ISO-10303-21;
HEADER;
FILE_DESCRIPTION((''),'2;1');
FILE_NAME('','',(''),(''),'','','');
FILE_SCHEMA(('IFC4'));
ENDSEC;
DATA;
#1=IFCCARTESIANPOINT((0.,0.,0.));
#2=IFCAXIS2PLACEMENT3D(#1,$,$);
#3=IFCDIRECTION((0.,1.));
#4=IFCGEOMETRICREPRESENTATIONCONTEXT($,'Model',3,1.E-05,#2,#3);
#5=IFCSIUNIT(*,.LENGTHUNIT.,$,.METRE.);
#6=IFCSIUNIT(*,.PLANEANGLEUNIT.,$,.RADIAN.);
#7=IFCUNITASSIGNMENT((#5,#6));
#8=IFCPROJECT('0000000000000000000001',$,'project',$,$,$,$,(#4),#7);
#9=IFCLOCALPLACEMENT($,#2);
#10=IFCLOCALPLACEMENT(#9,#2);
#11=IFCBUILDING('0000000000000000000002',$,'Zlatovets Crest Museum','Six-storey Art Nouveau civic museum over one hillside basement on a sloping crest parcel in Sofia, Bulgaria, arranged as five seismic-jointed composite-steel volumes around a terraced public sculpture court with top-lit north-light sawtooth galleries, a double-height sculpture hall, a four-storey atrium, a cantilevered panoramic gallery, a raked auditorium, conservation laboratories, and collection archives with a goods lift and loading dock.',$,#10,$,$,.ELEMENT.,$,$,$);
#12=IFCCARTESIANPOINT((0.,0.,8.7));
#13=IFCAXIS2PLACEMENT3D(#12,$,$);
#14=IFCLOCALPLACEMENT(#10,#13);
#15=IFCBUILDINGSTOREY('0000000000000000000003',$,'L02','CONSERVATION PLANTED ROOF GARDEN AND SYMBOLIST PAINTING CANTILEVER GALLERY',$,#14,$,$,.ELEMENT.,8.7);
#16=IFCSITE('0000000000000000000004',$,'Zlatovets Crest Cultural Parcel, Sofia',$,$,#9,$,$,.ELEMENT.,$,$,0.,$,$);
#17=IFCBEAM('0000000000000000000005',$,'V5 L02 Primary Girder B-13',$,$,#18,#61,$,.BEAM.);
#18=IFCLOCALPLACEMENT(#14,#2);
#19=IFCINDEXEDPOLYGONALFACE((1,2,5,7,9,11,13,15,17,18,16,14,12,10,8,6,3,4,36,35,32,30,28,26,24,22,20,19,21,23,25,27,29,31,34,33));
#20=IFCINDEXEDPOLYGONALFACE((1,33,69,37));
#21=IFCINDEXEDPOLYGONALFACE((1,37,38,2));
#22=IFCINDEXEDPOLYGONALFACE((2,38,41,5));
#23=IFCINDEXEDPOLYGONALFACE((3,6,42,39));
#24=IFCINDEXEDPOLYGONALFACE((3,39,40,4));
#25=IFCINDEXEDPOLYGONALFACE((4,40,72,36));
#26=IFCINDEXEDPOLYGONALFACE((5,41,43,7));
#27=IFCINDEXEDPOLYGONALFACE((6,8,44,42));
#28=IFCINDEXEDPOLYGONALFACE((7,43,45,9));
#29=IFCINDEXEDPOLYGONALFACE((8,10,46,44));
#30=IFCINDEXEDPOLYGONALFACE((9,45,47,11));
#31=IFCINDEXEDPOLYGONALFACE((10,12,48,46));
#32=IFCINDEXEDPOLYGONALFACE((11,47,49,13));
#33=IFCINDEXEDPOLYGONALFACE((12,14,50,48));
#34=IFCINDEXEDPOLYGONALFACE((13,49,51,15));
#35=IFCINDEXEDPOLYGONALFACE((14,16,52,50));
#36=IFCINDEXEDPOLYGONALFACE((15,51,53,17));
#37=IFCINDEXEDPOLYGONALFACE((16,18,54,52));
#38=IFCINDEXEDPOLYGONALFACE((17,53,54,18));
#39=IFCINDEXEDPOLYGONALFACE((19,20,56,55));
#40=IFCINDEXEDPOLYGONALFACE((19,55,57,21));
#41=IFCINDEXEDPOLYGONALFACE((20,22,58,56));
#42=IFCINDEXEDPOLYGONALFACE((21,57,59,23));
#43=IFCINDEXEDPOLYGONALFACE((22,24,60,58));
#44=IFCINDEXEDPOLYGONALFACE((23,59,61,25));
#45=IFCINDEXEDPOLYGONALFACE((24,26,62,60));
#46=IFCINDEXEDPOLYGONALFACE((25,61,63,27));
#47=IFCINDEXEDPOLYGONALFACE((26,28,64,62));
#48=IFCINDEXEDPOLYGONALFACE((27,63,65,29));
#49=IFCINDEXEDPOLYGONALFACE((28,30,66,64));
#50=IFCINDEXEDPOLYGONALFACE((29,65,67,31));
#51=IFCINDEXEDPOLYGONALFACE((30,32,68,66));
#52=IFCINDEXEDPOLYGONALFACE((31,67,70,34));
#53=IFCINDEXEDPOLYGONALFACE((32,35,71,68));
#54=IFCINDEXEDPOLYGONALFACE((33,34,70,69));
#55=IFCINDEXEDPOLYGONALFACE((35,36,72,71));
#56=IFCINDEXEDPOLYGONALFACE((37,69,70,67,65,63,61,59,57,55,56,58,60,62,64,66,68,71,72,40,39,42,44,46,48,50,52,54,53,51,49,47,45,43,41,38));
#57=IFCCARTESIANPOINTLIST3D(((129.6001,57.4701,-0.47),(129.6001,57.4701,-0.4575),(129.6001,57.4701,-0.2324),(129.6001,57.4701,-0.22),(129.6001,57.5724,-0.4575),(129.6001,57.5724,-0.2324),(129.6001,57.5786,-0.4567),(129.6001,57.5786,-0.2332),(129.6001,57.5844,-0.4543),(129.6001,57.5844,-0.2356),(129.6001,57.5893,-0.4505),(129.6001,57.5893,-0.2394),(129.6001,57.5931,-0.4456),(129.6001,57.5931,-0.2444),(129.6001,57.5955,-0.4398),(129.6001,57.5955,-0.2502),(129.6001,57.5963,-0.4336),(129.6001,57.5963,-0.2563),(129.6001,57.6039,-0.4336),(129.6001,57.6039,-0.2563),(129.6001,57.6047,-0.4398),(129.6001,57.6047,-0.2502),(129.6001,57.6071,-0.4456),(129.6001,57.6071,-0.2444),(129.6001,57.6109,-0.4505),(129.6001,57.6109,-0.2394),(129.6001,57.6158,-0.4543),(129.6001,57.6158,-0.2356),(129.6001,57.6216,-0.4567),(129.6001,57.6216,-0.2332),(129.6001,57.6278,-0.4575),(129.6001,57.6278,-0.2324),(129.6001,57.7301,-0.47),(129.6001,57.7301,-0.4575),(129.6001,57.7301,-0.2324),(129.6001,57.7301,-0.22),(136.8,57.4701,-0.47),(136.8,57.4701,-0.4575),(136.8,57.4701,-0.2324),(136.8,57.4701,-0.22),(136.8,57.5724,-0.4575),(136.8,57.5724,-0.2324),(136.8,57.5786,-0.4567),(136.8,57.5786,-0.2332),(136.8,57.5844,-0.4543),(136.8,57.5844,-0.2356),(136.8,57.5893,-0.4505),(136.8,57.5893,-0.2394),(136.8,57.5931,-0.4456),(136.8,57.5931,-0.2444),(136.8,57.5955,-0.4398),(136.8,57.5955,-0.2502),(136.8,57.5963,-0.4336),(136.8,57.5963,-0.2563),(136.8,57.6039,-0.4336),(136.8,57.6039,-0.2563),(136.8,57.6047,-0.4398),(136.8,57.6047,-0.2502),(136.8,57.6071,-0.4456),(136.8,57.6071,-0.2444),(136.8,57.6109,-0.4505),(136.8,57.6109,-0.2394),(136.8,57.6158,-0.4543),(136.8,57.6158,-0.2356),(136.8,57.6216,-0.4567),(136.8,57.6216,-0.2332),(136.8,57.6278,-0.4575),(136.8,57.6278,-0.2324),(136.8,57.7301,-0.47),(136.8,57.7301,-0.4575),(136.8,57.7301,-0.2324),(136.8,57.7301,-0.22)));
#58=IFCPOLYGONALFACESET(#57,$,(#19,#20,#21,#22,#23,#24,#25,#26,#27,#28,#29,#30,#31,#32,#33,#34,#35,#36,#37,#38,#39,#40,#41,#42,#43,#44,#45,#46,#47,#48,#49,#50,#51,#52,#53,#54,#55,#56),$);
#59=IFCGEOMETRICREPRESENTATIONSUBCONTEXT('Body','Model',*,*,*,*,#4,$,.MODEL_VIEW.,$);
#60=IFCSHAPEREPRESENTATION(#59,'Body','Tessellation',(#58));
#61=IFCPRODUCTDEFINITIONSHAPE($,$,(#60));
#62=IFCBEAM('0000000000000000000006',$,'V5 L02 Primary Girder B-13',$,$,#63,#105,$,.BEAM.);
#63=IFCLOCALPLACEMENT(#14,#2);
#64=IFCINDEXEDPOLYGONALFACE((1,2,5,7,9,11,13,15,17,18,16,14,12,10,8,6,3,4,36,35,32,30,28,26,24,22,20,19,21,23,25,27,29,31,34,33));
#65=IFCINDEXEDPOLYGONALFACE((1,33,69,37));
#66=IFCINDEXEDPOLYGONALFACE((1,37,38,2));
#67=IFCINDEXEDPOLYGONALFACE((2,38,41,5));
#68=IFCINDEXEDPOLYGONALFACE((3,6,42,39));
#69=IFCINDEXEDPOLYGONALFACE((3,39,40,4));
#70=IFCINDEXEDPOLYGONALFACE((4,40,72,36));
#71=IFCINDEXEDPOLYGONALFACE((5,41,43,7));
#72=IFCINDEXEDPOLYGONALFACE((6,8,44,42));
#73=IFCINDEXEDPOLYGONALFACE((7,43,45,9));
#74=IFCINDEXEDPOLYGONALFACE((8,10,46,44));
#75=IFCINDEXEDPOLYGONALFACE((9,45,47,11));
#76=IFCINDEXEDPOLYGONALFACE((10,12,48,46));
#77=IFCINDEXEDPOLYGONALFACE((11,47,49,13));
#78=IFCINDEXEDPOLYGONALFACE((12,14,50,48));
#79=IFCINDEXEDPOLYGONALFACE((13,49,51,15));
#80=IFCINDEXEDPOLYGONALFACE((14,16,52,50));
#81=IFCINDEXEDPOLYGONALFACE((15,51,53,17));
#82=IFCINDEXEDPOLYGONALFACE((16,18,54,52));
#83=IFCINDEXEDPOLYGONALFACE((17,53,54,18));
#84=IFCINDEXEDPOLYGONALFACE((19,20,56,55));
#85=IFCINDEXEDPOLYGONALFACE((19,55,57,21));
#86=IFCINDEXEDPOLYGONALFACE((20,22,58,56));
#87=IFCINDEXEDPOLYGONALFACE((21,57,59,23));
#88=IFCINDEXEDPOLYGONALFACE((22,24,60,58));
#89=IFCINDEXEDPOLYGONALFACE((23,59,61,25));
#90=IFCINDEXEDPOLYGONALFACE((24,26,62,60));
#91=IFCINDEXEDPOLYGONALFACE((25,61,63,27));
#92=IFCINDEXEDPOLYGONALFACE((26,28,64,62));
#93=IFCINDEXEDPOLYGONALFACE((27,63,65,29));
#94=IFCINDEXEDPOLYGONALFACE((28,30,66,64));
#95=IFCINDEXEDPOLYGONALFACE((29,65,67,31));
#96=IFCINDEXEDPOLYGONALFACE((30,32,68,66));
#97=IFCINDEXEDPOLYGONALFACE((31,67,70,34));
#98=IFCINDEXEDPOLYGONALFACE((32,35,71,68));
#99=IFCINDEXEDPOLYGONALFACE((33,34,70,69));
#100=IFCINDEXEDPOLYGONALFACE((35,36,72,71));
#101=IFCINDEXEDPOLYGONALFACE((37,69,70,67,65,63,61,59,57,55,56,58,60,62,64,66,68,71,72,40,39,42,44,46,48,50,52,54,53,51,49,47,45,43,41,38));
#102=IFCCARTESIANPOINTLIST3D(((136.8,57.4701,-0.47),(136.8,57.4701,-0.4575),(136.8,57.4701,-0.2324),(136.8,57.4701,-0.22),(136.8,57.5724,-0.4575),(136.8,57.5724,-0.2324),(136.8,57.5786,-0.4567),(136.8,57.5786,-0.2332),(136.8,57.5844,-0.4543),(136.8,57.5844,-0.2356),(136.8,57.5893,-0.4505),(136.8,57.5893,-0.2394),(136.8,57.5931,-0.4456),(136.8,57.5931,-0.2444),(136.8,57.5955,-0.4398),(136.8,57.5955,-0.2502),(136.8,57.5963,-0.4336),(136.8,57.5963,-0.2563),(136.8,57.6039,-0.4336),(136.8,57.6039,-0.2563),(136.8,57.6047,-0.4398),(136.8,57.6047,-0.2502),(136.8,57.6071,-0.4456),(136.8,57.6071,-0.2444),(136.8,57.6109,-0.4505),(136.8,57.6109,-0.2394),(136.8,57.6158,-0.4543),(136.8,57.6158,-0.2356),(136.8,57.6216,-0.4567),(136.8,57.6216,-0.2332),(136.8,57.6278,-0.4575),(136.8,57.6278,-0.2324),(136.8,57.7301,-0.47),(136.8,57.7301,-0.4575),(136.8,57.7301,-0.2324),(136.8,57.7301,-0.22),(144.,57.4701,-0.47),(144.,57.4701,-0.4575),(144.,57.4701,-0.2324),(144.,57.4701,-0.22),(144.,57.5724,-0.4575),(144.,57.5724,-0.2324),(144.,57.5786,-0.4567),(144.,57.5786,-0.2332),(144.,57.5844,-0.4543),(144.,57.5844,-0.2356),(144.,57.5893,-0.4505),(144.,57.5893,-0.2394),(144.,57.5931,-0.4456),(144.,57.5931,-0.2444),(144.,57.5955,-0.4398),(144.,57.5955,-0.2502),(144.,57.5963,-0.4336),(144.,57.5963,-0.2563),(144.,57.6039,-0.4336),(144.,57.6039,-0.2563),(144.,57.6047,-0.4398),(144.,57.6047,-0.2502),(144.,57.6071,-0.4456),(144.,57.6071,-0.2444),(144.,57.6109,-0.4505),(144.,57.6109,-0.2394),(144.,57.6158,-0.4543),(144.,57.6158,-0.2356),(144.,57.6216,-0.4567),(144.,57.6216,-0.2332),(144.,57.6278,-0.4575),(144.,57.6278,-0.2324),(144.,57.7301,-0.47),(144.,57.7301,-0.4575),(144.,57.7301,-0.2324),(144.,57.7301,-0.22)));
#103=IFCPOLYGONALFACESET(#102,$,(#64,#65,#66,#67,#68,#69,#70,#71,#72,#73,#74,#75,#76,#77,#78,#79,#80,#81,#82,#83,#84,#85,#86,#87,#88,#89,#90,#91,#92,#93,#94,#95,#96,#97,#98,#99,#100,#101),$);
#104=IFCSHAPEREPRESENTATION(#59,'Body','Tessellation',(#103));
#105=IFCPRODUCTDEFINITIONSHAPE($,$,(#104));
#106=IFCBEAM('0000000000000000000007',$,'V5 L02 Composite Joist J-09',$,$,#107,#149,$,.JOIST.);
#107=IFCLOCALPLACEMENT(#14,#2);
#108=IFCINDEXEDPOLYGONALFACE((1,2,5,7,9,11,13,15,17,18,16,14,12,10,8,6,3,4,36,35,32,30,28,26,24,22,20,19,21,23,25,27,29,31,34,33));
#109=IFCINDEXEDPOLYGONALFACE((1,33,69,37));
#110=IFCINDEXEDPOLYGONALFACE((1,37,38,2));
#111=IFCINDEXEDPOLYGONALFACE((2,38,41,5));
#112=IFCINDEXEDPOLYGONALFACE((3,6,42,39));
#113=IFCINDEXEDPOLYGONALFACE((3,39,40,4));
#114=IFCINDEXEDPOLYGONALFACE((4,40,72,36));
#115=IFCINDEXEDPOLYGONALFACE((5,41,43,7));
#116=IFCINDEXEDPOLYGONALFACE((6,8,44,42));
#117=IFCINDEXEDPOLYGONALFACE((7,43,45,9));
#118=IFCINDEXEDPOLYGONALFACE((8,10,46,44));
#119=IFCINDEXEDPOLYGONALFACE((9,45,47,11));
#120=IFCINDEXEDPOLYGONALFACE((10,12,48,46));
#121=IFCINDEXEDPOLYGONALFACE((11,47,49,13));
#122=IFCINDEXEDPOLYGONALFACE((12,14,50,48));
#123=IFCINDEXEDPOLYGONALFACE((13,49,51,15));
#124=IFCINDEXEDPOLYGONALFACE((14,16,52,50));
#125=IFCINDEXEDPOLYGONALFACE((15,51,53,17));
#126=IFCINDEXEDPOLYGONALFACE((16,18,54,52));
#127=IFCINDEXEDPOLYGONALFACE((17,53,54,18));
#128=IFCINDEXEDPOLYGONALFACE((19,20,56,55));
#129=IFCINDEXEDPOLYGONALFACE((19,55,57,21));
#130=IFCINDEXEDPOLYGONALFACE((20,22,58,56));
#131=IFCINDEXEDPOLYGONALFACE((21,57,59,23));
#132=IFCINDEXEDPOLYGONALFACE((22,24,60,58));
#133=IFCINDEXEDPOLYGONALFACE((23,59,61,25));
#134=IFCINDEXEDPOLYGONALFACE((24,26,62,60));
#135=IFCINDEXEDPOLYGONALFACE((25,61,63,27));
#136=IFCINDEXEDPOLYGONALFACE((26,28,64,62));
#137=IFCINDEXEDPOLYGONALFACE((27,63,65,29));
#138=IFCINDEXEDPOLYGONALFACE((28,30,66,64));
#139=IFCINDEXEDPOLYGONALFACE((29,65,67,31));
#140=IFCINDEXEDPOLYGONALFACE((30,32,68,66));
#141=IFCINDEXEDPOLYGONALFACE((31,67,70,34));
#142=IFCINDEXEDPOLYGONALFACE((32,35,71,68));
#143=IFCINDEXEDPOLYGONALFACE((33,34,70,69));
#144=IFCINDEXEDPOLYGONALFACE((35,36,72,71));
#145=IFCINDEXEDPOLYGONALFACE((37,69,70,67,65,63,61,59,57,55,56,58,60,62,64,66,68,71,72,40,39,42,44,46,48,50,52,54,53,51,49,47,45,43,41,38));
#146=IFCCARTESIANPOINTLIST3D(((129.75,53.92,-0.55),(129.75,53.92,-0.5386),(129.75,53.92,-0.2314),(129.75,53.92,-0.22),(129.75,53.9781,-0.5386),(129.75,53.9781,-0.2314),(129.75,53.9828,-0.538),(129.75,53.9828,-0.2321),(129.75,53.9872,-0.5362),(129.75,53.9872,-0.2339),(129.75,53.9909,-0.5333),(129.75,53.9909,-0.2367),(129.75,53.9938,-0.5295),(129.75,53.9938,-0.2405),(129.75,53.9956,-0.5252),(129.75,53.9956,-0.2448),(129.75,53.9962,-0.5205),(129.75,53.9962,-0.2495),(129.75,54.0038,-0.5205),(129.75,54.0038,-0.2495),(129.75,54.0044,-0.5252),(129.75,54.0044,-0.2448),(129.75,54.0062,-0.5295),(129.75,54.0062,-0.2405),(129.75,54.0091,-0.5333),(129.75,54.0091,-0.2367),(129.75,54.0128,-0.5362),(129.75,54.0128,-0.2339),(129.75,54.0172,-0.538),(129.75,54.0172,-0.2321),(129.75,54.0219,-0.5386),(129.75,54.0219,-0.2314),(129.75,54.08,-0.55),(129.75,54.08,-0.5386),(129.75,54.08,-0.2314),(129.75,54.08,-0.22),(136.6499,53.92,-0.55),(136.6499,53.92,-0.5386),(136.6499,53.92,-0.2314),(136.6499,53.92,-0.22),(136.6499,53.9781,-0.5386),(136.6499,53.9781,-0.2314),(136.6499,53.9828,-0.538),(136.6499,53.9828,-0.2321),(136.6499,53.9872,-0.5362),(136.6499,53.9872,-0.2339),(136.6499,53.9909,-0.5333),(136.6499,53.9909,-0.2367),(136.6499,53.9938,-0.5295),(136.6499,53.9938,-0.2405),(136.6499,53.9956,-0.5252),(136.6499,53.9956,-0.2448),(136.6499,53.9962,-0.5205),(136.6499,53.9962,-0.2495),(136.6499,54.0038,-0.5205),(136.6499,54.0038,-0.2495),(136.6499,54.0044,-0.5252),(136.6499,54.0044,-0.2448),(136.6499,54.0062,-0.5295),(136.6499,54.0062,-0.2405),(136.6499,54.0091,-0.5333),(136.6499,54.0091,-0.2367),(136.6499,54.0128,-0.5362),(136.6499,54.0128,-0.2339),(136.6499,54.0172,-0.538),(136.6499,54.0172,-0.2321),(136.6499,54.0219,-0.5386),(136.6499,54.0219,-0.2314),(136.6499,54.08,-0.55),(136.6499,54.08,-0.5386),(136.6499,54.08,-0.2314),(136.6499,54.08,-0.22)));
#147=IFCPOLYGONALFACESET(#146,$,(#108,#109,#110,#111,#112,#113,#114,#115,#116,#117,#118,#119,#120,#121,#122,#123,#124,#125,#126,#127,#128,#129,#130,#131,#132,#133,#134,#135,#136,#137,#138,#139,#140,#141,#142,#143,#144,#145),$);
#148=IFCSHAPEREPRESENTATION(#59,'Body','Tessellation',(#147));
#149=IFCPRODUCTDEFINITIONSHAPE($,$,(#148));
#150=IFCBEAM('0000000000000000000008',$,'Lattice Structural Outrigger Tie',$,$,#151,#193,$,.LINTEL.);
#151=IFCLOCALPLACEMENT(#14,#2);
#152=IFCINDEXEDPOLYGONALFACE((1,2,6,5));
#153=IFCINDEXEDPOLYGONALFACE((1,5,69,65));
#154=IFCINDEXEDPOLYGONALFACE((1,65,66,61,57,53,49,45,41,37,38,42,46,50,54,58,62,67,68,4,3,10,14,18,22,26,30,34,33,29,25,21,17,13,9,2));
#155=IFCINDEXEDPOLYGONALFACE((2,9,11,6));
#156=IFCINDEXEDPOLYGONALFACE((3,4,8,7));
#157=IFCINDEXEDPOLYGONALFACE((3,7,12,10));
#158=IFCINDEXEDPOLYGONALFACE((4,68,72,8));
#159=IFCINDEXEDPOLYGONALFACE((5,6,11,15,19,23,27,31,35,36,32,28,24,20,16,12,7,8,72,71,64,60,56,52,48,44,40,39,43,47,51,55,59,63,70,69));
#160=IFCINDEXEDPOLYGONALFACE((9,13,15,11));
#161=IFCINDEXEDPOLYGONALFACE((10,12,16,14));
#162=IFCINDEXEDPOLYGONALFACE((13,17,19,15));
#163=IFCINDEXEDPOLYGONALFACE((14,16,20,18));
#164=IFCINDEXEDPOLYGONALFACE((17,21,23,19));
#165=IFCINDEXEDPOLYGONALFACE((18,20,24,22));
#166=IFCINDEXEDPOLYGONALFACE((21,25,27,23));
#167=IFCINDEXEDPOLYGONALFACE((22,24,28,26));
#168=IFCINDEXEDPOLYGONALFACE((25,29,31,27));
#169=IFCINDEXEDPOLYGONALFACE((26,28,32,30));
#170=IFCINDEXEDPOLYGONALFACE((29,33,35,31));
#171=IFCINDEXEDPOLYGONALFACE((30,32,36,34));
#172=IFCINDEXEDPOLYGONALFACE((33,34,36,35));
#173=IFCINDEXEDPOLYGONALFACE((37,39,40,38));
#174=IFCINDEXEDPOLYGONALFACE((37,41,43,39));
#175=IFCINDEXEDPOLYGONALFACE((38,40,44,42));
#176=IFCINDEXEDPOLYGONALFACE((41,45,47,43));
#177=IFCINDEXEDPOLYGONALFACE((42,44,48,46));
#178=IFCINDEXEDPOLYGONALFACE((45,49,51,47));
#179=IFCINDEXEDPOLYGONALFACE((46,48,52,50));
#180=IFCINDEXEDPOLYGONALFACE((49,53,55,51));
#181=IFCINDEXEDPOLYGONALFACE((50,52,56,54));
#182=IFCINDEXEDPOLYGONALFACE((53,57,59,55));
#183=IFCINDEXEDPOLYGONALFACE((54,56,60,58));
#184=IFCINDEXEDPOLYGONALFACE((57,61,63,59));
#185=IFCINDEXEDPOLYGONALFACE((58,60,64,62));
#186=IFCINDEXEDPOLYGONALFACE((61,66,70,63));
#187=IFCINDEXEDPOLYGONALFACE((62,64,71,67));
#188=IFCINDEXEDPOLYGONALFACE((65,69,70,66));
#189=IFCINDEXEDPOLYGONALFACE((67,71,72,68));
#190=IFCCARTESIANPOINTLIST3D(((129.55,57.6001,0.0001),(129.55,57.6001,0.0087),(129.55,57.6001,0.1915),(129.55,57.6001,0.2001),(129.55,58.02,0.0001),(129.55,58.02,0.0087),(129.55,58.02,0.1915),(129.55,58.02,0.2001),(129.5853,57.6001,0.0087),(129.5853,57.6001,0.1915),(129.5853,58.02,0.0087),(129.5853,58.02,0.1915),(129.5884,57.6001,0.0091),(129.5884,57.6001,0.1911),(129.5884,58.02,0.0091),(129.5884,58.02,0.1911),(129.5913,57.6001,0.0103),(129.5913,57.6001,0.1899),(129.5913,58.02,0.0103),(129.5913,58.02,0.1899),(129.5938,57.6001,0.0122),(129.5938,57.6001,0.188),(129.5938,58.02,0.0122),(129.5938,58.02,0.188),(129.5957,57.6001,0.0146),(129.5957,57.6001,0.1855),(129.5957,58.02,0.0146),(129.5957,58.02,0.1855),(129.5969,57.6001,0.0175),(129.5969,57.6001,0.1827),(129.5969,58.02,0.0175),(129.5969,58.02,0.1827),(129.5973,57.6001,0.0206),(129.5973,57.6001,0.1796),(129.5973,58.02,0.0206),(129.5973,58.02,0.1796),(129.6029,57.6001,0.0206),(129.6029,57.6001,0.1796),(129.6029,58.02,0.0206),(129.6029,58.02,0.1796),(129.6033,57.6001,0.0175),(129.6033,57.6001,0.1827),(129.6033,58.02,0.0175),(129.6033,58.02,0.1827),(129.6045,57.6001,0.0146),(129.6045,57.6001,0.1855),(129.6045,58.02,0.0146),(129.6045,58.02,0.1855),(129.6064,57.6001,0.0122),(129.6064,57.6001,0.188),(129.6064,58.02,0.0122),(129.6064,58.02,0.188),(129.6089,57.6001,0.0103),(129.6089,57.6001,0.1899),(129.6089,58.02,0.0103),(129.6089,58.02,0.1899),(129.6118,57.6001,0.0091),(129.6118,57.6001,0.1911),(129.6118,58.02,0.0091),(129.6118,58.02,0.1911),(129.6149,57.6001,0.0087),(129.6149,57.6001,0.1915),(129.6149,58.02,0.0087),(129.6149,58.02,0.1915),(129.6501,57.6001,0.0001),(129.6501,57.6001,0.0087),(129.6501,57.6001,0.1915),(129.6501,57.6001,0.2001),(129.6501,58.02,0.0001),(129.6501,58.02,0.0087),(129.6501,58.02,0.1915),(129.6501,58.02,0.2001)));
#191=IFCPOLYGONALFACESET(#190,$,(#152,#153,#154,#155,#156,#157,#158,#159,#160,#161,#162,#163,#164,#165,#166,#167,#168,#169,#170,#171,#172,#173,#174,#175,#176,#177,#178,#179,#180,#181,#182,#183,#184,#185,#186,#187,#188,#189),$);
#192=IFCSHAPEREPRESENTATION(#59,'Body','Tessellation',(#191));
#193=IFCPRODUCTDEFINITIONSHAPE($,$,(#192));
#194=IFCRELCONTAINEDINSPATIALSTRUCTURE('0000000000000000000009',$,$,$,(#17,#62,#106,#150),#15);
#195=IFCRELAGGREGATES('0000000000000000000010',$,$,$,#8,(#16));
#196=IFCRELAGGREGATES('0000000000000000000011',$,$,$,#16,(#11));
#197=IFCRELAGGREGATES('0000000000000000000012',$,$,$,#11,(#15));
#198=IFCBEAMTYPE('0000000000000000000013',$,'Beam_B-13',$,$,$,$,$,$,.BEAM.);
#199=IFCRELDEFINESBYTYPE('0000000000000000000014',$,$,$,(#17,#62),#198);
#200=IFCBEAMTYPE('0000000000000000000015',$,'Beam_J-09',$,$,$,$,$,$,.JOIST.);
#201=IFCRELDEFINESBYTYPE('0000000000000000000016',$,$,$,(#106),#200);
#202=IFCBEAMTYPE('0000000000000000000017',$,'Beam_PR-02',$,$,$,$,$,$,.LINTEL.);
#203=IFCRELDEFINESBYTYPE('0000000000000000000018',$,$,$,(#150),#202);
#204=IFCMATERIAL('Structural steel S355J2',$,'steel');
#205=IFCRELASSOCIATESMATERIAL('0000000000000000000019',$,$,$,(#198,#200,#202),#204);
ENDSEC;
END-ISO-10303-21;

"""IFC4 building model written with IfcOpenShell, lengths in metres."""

from ifc_helpers import new_model, si_unit, direction, frame, origin, origin_2d, place, context, subcontext, project, spatial, i_section, extrude, material, material_profile, profile_set, type_object, element, save


model = new_model("IFC4")

# Units and contexts
model_context = context("Model", 3, precision=1e-05, world=origin(), true_north=direction((0.0, 1.0)))
body_context = subcontext(model_context, "Body", "Model", "MODEL_VIEW")
ifc_project = project(units=[si_unit("LENGTHUNIT", "METRE"), si_unit("PLANEANGLEUNIT", "RADIAN")], contexts=[model_context])

# Site, building, storey
site_placement = place(None, origin())
site = spatial("IfcSite", under=ifc_project, at=site_placement, Name="Zlatovets Crest Cultural Parcel, Sofia", CompositionType="ELEMENT", RefElevation=0.0)
building_placement = place(site_placement, origin())
building = spatial("IfcBuilding", under=site, at=building_placement, Name="Zlatovets Crest Museum", Description="Six-storey Art Nouveau civic museum over one hillside basement on a sloping crest parcel in Sofia, Bulgaria, arranged as five seismic-jointed composite-steel volumes around a terraced public sculpture court with top-lit north-light sawtooth galleries, a double-height sculpture hall, a four-storey atrium, a cantilevered panoramic gallery, a raked auditorium, conservation laboratories, and collection archives with a goods lift and loading dock.", CompositionType="ELEMENT")
storey_placement = place(building_placement, frame((0.0, 0.0, 8.7)))
storey = spatial("IfcBuildingStorey", under=building, at=storey_placement, Name="L02", Description="CONSERVATION PLANTED ROOF GARDEN AND SYMBOLIST PAINTING CANTILEVER GALLERY", CompositionType="ELEMENT", Elevation=8.7)

# Shared definitions
ifc_material_1 = material(Name="Structural steel S355J2", Category="steel")

# Beams
ifc_material_profile_1 = material_profile(ifc_material_1, i_section(OverallWidth=0.26, OverallDepth=0.25, WebThickness=0.0076, FlangeThickness=0.0125, FilletRadius=0.0239, at=origin_2d()), Name="HEA 260")
ifc_profile_set_1 = profile_set([ifc_material_profile_1], Name="Structural steel S355J2")
beam_type_1 = type_object("IfcBeamType", Name="Beam_B-13", PredefinedType="BEAM", material=ifc_profile_set_1)
for number, where, z_axis, x_axis, name in (
    (1, (129.6001, 57.6001, -0.345), (1.0, 0.0, 0.0), (0.0, 1.0, 0.0), "V5 L02 Primary Girder B-13"),
    (2, (136.8, 57.6001, -0.345), (1.0, 0.0, 0.0), (0.0, 1.0, 0.0), "V5 L02 Primary Girder B-13"),
):
    element("IfcBeam", number, at=place(storey_placement, frame(where, z_axis=z_axis, x_axis=x_axis)), inside=storey, type_object=beam_type_1, Name=name, PredefinedType="BEAM", context=body_context, shape_type="SweptSolid", body=[
        extrude(i_section(OverallWidth=0.26, OverallDepth=0.25, WebThickness=0.0076, FlangeThickness=0.0125, FilletRadius=0.0239, at=origin_2d()), origin(), (0.0, 0.0, 1.0), 7.2),
    ])
ifc_material_profile_2 = material_profile(ifc_material_1, i_section(OverallWidth=0.1599, OverallDepth=0.3301, WebThickness=0.0076, FlangeThickness=0.0115, FilletRadius=0.0181, at=origin_2d()), Name="IPE 330")
ifc_profile_set_2 = profile_set([ifc_material_profile_2], Name="Structural steel S355J2")
beam_type_2 = type_object("IfcBeamType", Name="Beam_J-09", PredefinedType="JOIST", material=ifc_profile_set_2)
beam_placement = place(storey_placement, frame((129.75, 54.0, -0.385), z_axis=(1.0, 0.0, 0.0), x_axis=(0.0, 1.0, 0.0)))
element("IfcBeam", 3, at=beam_placement, inside=storey, type_object=beam_type_2, Name="V5 L02 Composite Joist J-09", PredefinedType="JOIST", context=body_context, shape_type="SweptSolid", body=[
    extrude(i_section(OverallWidth=0.1599, OverallDepth=0.3301, WebThickness=0.0076, FlangeThickness=0.0115, FilletRadius=0.0181, at=origin_2d()), origin(), (0.0, 0.0, 1.0), 6.8999),
])
ifc_material_profile_3 = material_profile(ifc_material_1, i_section(OverallWidth=0.1001, OverallDepth=0.2, WebThickness=0.0056, FlangeThickness=0.0085, FilletRadius=0.012, at=origin_2d()), Name="IPE 200")
ifc_profile_set_3 = profile_set([ifc_material_profile_3], Name="Structural steel S355J2")
beam_type_3 = type_object("IfcBeamType", Name="Beam_PR-02", PredefinedType="LINTEL", material=ifc_profile_set_3)
for number, where, z_axis, x_axis, name in (
    (4, (129.6001, 57.6001, 0.1001), (0.0, 1.0, 0.0), (-1.0, 0.0, 0.0), "Lattice Structural Outrigger Tie"),
):
    element("IfcBeam", number, at=place(storey_placement, frame(where, z_axis=z_axis, x_axis=x_axis)), inside=storey, type_object=beam_type_3, Name=name, PredefinedType="LINTEL", context=body_context, shape_type="SweptSolid", body=[
        extrude(i_section(OverallWidth=0.1001, OverallDepth=0.2, WebThickness=0.0056, FlangeThickness=0.0085, FilletRadius=0.012, at=origin_2d()), origin(), (0.0, 0.0, 1.0), 0.4199),
    ])

save(model, "model.ifc")
